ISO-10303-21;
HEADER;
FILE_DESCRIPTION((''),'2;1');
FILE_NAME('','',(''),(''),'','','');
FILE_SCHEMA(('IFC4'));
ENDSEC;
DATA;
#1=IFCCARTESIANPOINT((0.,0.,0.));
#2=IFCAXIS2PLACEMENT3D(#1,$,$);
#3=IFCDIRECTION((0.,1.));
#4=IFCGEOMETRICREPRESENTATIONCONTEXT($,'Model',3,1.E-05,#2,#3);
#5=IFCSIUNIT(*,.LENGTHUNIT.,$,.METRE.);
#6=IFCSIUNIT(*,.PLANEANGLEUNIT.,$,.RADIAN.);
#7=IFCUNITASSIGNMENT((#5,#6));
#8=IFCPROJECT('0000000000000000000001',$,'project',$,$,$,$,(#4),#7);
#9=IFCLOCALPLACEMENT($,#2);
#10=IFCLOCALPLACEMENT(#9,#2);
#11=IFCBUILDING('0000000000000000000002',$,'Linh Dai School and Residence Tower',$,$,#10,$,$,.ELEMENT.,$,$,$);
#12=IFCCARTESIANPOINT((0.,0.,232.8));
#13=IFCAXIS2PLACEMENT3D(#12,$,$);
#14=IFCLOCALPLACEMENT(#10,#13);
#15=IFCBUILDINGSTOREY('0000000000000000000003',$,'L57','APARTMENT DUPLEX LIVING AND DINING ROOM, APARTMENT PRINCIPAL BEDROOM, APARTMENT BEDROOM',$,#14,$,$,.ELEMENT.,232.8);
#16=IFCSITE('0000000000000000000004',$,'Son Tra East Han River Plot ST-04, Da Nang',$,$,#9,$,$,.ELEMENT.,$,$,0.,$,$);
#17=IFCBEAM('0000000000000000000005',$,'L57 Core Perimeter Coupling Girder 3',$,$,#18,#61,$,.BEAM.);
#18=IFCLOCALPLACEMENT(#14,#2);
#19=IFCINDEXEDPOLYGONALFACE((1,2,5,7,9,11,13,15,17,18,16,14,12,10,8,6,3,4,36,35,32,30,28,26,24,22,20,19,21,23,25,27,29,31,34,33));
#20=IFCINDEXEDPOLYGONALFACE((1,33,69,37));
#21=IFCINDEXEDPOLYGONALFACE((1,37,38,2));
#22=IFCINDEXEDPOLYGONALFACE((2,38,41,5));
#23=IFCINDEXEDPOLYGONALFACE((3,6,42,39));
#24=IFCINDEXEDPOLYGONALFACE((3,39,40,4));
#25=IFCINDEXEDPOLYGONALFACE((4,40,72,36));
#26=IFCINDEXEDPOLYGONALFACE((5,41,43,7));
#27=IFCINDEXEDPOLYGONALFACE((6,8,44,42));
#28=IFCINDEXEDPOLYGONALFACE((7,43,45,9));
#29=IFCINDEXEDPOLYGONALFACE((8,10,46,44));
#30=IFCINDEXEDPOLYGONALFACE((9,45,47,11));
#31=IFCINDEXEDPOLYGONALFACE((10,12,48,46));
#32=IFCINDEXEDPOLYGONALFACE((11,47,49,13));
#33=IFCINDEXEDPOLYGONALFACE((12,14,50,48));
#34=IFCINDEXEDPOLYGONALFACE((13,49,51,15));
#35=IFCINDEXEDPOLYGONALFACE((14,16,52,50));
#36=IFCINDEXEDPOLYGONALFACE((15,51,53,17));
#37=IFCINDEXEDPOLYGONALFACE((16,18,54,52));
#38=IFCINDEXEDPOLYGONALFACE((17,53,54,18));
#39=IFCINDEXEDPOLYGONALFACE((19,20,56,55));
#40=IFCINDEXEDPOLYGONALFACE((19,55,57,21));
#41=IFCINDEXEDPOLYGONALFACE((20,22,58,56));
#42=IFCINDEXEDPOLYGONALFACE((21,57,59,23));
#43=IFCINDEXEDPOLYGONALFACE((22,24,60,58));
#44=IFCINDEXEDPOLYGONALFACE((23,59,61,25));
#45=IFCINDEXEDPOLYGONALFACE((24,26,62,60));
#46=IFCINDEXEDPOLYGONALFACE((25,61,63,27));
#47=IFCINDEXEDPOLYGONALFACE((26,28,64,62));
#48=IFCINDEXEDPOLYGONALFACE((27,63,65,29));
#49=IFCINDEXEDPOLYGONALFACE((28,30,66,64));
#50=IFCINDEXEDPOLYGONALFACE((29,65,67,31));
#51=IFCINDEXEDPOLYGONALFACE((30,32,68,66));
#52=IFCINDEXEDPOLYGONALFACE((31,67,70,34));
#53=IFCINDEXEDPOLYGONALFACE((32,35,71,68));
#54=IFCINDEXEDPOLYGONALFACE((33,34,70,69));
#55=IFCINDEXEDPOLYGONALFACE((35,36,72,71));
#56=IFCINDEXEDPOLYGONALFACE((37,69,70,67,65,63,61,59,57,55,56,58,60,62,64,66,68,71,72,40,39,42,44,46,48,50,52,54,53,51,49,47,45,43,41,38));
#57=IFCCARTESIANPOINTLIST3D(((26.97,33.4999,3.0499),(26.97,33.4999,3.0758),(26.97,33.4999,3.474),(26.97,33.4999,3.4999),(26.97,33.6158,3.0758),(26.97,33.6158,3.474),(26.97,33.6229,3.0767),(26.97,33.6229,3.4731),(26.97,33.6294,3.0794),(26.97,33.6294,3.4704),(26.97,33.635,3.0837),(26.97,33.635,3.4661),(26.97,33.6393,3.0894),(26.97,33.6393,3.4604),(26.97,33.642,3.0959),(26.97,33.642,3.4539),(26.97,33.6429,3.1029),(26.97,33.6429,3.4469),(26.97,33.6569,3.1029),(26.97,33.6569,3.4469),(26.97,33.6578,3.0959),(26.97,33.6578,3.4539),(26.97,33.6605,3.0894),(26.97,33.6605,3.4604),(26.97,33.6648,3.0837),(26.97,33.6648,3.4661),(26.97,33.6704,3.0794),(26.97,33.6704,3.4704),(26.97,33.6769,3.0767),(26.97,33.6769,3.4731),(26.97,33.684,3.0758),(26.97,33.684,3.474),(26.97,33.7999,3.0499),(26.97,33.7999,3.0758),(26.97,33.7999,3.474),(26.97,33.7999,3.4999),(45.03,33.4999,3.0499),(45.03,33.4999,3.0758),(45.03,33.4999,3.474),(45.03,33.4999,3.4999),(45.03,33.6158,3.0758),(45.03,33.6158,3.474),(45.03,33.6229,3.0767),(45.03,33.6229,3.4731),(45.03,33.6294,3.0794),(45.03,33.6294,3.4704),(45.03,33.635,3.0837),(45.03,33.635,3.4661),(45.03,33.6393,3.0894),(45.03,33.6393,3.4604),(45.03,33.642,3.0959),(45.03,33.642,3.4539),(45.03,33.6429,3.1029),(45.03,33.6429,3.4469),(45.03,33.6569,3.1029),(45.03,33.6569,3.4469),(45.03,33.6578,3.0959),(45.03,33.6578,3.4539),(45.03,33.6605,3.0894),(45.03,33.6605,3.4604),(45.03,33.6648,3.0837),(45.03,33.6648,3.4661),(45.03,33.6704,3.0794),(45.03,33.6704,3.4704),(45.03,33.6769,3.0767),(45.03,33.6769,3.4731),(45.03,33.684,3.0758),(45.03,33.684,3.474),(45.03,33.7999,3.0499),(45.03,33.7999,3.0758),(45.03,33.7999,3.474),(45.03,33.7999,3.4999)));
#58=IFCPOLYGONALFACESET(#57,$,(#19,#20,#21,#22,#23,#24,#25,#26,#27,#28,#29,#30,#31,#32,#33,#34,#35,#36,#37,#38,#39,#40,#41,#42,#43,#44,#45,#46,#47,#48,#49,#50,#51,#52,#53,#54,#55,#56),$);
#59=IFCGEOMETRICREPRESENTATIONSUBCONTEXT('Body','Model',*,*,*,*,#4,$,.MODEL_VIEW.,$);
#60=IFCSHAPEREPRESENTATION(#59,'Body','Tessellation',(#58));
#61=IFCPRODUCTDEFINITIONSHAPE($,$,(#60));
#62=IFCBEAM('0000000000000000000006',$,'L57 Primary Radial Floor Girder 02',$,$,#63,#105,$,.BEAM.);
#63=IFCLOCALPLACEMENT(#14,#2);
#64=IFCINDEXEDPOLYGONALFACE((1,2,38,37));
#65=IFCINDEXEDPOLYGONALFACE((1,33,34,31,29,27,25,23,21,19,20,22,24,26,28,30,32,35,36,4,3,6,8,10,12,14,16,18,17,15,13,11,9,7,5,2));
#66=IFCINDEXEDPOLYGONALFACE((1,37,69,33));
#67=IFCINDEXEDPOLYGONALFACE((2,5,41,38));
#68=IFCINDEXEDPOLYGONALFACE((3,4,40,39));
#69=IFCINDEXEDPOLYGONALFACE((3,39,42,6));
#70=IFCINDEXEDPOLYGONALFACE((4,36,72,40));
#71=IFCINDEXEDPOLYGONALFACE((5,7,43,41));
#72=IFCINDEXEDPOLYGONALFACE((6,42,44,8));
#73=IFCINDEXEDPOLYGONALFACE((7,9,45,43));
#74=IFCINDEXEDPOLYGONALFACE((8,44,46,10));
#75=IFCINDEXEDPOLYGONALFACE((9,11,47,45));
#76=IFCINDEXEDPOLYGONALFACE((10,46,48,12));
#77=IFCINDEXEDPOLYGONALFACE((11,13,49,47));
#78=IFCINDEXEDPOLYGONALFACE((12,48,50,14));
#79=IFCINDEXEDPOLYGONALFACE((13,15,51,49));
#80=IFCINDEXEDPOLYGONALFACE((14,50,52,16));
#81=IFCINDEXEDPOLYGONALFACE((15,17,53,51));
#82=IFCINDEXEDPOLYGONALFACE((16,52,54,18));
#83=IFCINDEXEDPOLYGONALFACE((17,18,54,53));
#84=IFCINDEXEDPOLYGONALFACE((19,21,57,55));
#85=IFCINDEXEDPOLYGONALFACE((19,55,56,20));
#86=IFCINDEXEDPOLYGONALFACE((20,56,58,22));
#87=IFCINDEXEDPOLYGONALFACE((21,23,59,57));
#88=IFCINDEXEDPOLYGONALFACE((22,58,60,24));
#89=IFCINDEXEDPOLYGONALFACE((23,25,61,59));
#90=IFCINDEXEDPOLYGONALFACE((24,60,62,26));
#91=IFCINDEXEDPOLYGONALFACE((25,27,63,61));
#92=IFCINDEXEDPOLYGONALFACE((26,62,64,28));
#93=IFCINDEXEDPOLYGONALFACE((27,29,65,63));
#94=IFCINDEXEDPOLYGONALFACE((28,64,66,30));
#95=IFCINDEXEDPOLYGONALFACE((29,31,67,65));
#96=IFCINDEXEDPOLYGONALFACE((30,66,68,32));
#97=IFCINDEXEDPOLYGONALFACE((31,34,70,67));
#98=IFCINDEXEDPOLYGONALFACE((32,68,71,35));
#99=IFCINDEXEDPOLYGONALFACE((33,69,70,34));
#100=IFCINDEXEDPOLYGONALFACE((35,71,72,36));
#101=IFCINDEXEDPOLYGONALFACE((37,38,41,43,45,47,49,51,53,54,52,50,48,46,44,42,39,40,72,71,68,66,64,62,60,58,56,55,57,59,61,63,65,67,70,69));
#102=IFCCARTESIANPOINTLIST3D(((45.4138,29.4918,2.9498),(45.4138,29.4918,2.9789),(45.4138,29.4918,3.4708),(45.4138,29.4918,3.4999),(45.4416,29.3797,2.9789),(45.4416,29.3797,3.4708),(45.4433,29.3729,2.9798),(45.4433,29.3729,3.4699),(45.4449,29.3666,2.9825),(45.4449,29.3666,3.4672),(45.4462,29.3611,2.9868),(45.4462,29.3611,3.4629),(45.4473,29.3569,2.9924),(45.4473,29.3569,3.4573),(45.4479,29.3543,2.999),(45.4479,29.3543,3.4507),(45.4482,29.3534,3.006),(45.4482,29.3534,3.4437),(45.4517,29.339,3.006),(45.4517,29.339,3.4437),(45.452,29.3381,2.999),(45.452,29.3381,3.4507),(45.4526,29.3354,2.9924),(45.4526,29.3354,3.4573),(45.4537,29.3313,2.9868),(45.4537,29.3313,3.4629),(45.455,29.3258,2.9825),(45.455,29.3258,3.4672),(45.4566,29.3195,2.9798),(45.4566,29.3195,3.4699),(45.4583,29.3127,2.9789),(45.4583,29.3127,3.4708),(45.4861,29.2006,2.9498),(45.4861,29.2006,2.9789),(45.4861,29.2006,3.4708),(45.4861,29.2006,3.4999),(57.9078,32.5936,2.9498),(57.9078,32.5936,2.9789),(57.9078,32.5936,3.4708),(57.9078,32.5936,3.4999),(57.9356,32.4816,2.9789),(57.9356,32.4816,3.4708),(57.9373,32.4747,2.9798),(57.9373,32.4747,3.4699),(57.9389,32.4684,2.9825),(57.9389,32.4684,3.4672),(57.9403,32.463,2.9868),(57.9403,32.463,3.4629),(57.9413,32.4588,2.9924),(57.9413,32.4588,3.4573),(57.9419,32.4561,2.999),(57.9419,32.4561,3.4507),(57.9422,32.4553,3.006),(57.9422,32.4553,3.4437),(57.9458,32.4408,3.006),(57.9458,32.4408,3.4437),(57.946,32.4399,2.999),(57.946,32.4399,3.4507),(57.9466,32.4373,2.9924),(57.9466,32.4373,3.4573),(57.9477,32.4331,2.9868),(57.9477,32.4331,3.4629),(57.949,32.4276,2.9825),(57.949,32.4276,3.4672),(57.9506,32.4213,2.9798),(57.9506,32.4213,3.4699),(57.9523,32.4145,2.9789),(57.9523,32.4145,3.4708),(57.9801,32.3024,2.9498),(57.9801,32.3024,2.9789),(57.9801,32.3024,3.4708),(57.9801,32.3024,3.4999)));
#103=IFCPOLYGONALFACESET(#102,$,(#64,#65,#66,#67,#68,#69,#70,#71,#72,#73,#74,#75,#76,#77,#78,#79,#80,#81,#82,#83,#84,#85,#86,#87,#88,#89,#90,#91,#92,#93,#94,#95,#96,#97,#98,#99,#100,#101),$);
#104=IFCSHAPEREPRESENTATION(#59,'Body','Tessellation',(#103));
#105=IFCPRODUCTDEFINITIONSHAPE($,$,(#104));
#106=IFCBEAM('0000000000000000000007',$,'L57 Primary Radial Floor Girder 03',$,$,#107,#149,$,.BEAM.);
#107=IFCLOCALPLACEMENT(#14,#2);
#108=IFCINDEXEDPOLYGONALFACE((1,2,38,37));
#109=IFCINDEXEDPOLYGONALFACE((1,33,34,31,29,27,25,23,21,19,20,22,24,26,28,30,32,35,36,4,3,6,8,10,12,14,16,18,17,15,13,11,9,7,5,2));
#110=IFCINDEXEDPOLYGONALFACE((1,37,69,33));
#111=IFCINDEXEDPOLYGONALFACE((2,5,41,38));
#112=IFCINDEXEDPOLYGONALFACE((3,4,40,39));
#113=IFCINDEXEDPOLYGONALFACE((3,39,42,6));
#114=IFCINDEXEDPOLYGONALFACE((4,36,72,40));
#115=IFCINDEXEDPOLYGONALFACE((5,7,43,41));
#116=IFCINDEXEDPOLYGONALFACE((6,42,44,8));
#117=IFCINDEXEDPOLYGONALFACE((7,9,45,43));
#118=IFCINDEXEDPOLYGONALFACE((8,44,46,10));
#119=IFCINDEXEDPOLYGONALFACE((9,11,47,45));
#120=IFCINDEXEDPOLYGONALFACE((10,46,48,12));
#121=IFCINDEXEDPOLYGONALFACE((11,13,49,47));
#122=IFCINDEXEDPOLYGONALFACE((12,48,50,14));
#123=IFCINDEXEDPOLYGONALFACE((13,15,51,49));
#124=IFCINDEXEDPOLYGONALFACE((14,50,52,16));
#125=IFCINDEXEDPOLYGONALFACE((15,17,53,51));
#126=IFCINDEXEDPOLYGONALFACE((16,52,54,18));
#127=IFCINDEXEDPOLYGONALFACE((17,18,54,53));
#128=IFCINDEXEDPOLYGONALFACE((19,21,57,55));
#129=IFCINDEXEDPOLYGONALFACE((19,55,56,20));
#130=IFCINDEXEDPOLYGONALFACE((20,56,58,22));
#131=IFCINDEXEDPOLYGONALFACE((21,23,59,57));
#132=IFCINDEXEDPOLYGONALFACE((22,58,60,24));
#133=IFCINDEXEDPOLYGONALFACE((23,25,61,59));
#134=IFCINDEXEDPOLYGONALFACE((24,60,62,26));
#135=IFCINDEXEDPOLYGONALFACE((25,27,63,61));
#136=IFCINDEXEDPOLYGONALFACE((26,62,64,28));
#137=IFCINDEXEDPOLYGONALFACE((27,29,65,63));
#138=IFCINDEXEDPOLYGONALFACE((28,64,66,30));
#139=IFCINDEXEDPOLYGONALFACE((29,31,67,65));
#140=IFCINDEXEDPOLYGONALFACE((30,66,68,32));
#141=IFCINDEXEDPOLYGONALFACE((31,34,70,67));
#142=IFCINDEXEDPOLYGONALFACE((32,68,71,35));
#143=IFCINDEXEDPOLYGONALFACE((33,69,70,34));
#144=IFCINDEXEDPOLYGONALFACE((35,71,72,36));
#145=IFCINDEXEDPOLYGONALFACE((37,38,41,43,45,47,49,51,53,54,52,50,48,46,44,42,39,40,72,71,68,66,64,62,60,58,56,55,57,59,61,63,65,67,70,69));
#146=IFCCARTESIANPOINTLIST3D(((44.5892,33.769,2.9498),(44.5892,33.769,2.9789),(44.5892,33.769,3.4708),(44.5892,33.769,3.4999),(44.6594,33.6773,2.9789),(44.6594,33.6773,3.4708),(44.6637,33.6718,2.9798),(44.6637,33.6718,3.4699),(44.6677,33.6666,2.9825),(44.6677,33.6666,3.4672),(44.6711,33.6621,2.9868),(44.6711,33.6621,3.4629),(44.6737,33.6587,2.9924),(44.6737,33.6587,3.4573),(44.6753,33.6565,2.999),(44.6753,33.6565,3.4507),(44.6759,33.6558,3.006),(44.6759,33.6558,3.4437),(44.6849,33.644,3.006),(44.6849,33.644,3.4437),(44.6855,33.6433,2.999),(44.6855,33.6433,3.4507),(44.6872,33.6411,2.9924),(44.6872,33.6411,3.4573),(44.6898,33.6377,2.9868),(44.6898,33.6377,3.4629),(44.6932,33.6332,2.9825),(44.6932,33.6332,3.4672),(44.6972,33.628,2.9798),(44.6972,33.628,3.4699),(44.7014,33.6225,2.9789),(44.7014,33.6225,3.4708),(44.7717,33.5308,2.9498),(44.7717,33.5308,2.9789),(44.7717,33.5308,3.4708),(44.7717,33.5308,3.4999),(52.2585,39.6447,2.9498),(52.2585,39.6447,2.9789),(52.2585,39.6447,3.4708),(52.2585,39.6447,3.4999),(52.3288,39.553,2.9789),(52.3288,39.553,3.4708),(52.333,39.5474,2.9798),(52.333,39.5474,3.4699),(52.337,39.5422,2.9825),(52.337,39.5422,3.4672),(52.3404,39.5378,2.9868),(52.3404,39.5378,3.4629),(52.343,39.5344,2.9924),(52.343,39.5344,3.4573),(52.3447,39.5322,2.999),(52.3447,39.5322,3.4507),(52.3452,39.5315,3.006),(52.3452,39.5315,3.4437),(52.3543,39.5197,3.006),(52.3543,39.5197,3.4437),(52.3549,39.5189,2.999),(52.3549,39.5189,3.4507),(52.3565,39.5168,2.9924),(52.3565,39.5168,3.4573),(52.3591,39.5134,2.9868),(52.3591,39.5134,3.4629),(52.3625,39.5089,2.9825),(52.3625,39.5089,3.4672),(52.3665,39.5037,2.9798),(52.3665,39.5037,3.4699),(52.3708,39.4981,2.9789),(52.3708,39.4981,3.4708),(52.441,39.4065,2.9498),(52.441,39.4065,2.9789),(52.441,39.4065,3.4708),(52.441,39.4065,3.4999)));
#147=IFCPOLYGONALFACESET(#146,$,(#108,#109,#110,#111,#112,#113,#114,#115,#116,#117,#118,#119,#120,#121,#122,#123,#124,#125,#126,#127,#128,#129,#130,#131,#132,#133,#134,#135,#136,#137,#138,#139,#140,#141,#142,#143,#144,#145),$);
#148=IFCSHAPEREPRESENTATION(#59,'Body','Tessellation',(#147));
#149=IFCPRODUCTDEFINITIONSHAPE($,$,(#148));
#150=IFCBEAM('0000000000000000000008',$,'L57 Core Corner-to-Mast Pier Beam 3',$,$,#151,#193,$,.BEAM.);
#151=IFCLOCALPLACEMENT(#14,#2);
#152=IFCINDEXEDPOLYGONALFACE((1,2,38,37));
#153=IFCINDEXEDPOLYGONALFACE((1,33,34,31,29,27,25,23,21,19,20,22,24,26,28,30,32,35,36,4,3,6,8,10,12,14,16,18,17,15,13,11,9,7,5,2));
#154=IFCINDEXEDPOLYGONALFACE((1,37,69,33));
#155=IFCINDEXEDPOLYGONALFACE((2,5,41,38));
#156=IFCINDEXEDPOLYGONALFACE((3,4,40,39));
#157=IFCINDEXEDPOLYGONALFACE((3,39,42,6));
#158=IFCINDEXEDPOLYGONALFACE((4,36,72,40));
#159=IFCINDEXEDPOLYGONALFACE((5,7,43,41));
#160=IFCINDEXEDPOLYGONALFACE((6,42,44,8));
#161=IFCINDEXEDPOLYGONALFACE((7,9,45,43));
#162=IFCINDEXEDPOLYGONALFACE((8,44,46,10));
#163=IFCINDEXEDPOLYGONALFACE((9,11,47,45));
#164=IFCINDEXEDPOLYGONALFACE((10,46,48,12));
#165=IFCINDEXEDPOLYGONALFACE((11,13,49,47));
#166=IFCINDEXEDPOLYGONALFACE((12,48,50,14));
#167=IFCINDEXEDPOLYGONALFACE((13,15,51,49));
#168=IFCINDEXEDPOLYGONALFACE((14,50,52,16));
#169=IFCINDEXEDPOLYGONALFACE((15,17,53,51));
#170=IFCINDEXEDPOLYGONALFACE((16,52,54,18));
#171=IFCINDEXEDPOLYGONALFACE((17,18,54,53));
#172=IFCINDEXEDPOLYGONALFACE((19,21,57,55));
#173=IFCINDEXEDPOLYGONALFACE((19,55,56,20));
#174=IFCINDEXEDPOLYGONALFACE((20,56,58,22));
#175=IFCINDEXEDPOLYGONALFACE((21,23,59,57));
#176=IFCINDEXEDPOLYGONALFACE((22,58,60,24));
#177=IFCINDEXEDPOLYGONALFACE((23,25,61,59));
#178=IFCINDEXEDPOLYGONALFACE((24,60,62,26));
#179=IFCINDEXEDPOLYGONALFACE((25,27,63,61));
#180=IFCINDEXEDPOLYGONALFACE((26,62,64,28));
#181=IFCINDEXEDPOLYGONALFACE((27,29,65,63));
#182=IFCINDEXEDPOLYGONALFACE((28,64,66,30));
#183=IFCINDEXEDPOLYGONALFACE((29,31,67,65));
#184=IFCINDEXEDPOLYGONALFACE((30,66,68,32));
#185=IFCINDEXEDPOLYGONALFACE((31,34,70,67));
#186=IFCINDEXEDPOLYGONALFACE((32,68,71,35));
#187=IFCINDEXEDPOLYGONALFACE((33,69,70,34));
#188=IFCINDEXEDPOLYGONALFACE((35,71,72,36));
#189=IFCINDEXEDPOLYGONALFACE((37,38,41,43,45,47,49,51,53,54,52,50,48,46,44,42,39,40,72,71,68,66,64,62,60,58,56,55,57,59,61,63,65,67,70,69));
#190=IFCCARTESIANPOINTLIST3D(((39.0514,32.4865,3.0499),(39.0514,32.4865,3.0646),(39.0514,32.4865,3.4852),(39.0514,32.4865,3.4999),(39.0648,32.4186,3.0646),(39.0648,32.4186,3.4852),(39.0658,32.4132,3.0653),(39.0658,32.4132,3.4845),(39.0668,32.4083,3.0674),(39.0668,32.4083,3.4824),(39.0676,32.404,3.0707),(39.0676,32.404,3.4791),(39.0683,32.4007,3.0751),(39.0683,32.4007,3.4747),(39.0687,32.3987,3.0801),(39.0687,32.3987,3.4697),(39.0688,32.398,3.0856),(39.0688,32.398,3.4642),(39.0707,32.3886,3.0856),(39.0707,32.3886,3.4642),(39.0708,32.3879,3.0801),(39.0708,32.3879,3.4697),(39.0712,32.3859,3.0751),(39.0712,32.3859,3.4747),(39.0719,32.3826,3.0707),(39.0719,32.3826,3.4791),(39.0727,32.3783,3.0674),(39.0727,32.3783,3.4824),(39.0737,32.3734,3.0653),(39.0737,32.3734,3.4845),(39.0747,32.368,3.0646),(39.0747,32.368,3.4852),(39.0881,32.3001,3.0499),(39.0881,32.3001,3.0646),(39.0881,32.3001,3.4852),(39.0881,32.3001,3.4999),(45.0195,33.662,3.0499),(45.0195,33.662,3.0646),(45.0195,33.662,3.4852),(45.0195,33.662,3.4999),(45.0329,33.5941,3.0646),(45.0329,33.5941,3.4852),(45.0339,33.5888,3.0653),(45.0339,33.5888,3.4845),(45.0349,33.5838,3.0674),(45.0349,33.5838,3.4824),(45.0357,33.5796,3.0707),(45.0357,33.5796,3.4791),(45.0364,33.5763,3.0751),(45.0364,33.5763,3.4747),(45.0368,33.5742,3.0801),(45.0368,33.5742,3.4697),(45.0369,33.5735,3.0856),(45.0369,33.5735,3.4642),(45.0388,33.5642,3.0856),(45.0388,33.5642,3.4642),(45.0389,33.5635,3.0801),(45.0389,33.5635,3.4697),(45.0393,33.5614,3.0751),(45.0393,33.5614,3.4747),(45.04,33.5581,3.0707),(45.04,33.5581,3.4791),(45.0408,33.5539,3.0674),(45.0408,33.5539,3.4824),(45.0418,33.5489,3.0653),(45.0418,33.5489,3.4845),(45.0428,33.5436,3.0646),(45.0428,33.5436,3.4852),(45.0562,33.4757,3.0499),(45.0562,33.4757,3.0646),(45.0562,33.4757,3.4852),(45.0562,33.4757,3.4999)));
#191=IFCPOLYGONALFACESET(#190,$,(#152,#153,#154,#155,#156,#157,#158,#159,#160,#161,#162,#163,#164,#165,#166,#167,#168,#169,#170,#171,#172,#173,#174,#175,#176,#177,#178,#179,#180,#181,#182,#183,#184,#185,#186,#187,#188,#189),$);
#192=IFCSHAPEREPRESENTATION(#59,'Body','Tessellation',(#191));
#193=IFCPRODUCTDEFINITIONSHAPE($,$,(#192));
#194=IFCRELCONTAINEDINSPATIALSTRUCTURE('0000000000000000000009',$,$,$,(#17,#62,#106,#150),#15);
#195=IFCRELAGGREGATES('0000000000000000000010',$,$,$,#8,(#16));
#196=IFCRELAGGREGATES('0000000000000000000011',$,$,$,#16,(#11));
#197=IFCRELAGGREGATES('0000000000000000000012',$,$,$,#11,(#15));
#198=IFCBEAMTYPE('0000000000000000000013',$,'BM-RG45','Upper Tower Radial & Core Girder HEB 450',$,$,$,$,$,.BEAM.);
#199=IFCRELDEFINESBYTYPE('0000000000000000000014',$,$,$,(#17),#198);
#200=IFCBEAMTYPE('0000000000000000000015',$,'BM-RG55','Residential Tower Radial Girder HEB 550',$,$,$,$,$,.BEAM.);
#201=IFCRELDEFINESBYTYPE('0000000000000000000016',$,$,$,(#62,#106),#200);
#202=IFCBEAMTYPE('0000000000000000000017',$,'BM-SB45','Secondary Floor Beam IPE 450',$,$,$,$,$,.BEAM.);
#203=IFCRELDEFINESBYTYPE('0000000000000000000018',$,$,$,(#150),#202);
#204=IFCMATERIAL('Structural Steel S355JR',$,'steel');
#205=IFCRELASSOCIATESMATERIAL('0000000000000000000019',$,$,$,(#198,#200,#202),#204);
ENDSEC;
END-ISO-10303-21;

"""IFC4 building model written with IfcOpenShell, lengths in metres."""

from ifc_helpers import new_model, si_unit, direction, frame, origin, origin_2d, place, context, subcontext, project, spatial, i_section, extrude, material, material_profile, profile_set, type_object, element, save


model = new_model("IFC4")

# Units and contexts
model_context = context("Model", 3, precision=1e-05, world=origin(), true_north=direction((0.0, 1.0)))
body_context = subcontext(model_context, "Body", "Model", "MODEL_VIEW")
ifc_project = project(units=[si_unit("LENGTHUNIT", "METRE"), si_unit("PLANEANGLEUNIT", "RADIAN")], contexts=[model_context])

# Site, building, storey
site_placement = place(None, origin())
site = spatial("IfcSite", under=ifc_project, at=site_placement, Name="Son Tra East Han River Plot ST-04, Da Nang", CompositionType="ELEMENT", RefElevation=0.0)
building_placement = place(site_placement, origin())
building = spatial("IfcBuilding", under=site, at=building_placement, Name="Linh Dai School and Residence Tower", CompositionType="ELEMENT")
storey_placement = place(building_placement, frame((0.0, 0.0, 232.8)))
storey = spatial("IfcBuildingStorey", under=building, at=storey_placement, Name="L57", Description="APARTMENT DUPLEX LIVING AND DINING ROOM, APARTMENT PRINCIPAL BEDROOM, APARTMENT BEDROOM", CompositionType="ELEMENT", Elevation=232.8)

# Shared definitions
ifc_material_1 = material(Name="Structural Steel S355JR", Category="steel")

# Beams
ifc_material_profile_1 = material_profile(ifc_material_1, i_section(OverallWidth=0.3, OverallDepth=0.45, WebThickness=0.0139, FlangeThickness=0.0259, FilletRadius=0.0271, at=origin_2d()), Name="HEB 450")
ifc_profile_set_1 = profile_set([ifc_material_profile_1], Name="Structural Steel S355JR")
beam_type_1 = type_object("IfcBeamType", Name="BM-RG45", Description="Upper Tower Radial & Core Girder HEB 450", PredefinedType="BEAM", material=ifc_profile_set_1)
beam_1_placement = place(storey_placement, frame((45.03, 33.6499, 3.2749), z_axis=(-1.0, 0.0, 0.0), x_axis=(0.0, -1.0, 0.0)))
element("IfcBeam", 1, at=beam_1_placement, inside=storey, type_object=beam_type_1, Name="L57 Core Perimeter Coupling Girder 3", PredefinedType="BEAM", context=body_context, shape_type="SweptSolid", body=[
    extrude(i_section(OverallWidth=0.3, OverallDepth=0.45, WebThickness=0.0139, FlangeThickness=0.0259, FilletRadius=0.0271, at=origin_2d()), origin(), (0.0, 0.0, 1.0), 18.0601),
])
ifc_material_profile_2 = material_profile(ifc_material_1, i_section(OverallWidth=0.3, OverallDepth=0.55, WebThickness=0.0149, FlangeThickness=0.0291, FilletRadius=0.0271, at=origin_2d()), Name="HEB 550")
ifc_profile_set_2 = profile_set([ifc_material_profile_2], Name="Structural Steel S355JR")
beam_type_2 = type_object("IfcBeamType", Name="BM-RG55", Description="Residential Tower Radial Girder HEB 550", PredefinedType="BEAM", material=ifc_profile_set_2)
beam_2_placement = place(storey_placement, frame((45.45, 29.3462, 3.2249), z_axis=(0.970537, 0.240951, 0.0), x_axis=(-0.240951, 0.970537, 0.0)))
element("IfcBeam", 2, at=beam_2_placement, inside=storey, type_object=beam_type_2, Name="L57 Primary Radial Floor Girder 02", PredefinedType="BEAM", context=body_context, shape_type="SweptSolid", body=[
    extrude(i_section(OverallWidth=0.3, OverallDepth=0.55, WebThickness=0.0149, FlangeThickness=0.0291, FilletRadius=0.0271, at=origin_2d()), origin(), (0.0, 0.0, 1.0), 12.8733),
])
beam_3_placement = place(storey_placement, frame((44.6804, 33.6499, 3.2249), z_axis=(0.793815, 0.60816, 0.0), x_axis=(-0.60816, 0.793815, 0.0)))
element("IfcBeam", 3, at=beam_3_placement, inside=storey, type_object=beam_type_2, Name="L57 Primary Radial Floor Girder 03", PredefinedType="BEAM", context=body_context, shape_type="SweptSolid", body=[
    extrude(i_section(OverallWidth=0.3, OverallDepth=0.55, WebThickness=0.0149, FlangeThickness=0.0291, FilletRadius=0.0271, at=origin_2d()), origin(), (0.0, 0.0, 1.0), 9.6614),
])
ifc_material_profile_3 = material_profile(ifc_material_1, i_section(OverallWidth=0.1899, OverallDepth=0.45, WebThickness=0.0095, FlangeThickness=0.0146, FilletRadius=0.021, at=origin_2d()), Name="IPE 450")
ifc_profile_set_3 = profile_set([ifc_material_profile_3], Name="Structural Steel S355JR")
beam_type_3 = type_object("IfcBeamType", Name="BM-SB45", Description="Secondary Floor Beam IPE 450", PredefinedType="BEAM", material=ifc_profile_set_3)
beam_4_placement = place(storey_placement, frame((45.0378, 33.5688, 3.2749), z_axis=(-0.981148, -0.193259, 0.0), x_axis=(0.193259, -0.981148, 0.0)))
element("IfcBeam", 4, at=beam_4_placement, inside=storey, type_object=beam_type_3, Name="L57 Core Corner-to-Mast Pier Beam 3", PredefinedType="BEAM", context=body_context, shape_type="SweptSolid", body=[
    extrude(i_section(OverallWidth=0.1899, OverallDepth=0.45, WebThickness=0.0095, FlangeThickness=0.0146, FilletRadius=0.021, at=origin_2d()), origin(), (0.0, 0.0, 1.0), 6.0828),
])

save(model, "model.ifc")
